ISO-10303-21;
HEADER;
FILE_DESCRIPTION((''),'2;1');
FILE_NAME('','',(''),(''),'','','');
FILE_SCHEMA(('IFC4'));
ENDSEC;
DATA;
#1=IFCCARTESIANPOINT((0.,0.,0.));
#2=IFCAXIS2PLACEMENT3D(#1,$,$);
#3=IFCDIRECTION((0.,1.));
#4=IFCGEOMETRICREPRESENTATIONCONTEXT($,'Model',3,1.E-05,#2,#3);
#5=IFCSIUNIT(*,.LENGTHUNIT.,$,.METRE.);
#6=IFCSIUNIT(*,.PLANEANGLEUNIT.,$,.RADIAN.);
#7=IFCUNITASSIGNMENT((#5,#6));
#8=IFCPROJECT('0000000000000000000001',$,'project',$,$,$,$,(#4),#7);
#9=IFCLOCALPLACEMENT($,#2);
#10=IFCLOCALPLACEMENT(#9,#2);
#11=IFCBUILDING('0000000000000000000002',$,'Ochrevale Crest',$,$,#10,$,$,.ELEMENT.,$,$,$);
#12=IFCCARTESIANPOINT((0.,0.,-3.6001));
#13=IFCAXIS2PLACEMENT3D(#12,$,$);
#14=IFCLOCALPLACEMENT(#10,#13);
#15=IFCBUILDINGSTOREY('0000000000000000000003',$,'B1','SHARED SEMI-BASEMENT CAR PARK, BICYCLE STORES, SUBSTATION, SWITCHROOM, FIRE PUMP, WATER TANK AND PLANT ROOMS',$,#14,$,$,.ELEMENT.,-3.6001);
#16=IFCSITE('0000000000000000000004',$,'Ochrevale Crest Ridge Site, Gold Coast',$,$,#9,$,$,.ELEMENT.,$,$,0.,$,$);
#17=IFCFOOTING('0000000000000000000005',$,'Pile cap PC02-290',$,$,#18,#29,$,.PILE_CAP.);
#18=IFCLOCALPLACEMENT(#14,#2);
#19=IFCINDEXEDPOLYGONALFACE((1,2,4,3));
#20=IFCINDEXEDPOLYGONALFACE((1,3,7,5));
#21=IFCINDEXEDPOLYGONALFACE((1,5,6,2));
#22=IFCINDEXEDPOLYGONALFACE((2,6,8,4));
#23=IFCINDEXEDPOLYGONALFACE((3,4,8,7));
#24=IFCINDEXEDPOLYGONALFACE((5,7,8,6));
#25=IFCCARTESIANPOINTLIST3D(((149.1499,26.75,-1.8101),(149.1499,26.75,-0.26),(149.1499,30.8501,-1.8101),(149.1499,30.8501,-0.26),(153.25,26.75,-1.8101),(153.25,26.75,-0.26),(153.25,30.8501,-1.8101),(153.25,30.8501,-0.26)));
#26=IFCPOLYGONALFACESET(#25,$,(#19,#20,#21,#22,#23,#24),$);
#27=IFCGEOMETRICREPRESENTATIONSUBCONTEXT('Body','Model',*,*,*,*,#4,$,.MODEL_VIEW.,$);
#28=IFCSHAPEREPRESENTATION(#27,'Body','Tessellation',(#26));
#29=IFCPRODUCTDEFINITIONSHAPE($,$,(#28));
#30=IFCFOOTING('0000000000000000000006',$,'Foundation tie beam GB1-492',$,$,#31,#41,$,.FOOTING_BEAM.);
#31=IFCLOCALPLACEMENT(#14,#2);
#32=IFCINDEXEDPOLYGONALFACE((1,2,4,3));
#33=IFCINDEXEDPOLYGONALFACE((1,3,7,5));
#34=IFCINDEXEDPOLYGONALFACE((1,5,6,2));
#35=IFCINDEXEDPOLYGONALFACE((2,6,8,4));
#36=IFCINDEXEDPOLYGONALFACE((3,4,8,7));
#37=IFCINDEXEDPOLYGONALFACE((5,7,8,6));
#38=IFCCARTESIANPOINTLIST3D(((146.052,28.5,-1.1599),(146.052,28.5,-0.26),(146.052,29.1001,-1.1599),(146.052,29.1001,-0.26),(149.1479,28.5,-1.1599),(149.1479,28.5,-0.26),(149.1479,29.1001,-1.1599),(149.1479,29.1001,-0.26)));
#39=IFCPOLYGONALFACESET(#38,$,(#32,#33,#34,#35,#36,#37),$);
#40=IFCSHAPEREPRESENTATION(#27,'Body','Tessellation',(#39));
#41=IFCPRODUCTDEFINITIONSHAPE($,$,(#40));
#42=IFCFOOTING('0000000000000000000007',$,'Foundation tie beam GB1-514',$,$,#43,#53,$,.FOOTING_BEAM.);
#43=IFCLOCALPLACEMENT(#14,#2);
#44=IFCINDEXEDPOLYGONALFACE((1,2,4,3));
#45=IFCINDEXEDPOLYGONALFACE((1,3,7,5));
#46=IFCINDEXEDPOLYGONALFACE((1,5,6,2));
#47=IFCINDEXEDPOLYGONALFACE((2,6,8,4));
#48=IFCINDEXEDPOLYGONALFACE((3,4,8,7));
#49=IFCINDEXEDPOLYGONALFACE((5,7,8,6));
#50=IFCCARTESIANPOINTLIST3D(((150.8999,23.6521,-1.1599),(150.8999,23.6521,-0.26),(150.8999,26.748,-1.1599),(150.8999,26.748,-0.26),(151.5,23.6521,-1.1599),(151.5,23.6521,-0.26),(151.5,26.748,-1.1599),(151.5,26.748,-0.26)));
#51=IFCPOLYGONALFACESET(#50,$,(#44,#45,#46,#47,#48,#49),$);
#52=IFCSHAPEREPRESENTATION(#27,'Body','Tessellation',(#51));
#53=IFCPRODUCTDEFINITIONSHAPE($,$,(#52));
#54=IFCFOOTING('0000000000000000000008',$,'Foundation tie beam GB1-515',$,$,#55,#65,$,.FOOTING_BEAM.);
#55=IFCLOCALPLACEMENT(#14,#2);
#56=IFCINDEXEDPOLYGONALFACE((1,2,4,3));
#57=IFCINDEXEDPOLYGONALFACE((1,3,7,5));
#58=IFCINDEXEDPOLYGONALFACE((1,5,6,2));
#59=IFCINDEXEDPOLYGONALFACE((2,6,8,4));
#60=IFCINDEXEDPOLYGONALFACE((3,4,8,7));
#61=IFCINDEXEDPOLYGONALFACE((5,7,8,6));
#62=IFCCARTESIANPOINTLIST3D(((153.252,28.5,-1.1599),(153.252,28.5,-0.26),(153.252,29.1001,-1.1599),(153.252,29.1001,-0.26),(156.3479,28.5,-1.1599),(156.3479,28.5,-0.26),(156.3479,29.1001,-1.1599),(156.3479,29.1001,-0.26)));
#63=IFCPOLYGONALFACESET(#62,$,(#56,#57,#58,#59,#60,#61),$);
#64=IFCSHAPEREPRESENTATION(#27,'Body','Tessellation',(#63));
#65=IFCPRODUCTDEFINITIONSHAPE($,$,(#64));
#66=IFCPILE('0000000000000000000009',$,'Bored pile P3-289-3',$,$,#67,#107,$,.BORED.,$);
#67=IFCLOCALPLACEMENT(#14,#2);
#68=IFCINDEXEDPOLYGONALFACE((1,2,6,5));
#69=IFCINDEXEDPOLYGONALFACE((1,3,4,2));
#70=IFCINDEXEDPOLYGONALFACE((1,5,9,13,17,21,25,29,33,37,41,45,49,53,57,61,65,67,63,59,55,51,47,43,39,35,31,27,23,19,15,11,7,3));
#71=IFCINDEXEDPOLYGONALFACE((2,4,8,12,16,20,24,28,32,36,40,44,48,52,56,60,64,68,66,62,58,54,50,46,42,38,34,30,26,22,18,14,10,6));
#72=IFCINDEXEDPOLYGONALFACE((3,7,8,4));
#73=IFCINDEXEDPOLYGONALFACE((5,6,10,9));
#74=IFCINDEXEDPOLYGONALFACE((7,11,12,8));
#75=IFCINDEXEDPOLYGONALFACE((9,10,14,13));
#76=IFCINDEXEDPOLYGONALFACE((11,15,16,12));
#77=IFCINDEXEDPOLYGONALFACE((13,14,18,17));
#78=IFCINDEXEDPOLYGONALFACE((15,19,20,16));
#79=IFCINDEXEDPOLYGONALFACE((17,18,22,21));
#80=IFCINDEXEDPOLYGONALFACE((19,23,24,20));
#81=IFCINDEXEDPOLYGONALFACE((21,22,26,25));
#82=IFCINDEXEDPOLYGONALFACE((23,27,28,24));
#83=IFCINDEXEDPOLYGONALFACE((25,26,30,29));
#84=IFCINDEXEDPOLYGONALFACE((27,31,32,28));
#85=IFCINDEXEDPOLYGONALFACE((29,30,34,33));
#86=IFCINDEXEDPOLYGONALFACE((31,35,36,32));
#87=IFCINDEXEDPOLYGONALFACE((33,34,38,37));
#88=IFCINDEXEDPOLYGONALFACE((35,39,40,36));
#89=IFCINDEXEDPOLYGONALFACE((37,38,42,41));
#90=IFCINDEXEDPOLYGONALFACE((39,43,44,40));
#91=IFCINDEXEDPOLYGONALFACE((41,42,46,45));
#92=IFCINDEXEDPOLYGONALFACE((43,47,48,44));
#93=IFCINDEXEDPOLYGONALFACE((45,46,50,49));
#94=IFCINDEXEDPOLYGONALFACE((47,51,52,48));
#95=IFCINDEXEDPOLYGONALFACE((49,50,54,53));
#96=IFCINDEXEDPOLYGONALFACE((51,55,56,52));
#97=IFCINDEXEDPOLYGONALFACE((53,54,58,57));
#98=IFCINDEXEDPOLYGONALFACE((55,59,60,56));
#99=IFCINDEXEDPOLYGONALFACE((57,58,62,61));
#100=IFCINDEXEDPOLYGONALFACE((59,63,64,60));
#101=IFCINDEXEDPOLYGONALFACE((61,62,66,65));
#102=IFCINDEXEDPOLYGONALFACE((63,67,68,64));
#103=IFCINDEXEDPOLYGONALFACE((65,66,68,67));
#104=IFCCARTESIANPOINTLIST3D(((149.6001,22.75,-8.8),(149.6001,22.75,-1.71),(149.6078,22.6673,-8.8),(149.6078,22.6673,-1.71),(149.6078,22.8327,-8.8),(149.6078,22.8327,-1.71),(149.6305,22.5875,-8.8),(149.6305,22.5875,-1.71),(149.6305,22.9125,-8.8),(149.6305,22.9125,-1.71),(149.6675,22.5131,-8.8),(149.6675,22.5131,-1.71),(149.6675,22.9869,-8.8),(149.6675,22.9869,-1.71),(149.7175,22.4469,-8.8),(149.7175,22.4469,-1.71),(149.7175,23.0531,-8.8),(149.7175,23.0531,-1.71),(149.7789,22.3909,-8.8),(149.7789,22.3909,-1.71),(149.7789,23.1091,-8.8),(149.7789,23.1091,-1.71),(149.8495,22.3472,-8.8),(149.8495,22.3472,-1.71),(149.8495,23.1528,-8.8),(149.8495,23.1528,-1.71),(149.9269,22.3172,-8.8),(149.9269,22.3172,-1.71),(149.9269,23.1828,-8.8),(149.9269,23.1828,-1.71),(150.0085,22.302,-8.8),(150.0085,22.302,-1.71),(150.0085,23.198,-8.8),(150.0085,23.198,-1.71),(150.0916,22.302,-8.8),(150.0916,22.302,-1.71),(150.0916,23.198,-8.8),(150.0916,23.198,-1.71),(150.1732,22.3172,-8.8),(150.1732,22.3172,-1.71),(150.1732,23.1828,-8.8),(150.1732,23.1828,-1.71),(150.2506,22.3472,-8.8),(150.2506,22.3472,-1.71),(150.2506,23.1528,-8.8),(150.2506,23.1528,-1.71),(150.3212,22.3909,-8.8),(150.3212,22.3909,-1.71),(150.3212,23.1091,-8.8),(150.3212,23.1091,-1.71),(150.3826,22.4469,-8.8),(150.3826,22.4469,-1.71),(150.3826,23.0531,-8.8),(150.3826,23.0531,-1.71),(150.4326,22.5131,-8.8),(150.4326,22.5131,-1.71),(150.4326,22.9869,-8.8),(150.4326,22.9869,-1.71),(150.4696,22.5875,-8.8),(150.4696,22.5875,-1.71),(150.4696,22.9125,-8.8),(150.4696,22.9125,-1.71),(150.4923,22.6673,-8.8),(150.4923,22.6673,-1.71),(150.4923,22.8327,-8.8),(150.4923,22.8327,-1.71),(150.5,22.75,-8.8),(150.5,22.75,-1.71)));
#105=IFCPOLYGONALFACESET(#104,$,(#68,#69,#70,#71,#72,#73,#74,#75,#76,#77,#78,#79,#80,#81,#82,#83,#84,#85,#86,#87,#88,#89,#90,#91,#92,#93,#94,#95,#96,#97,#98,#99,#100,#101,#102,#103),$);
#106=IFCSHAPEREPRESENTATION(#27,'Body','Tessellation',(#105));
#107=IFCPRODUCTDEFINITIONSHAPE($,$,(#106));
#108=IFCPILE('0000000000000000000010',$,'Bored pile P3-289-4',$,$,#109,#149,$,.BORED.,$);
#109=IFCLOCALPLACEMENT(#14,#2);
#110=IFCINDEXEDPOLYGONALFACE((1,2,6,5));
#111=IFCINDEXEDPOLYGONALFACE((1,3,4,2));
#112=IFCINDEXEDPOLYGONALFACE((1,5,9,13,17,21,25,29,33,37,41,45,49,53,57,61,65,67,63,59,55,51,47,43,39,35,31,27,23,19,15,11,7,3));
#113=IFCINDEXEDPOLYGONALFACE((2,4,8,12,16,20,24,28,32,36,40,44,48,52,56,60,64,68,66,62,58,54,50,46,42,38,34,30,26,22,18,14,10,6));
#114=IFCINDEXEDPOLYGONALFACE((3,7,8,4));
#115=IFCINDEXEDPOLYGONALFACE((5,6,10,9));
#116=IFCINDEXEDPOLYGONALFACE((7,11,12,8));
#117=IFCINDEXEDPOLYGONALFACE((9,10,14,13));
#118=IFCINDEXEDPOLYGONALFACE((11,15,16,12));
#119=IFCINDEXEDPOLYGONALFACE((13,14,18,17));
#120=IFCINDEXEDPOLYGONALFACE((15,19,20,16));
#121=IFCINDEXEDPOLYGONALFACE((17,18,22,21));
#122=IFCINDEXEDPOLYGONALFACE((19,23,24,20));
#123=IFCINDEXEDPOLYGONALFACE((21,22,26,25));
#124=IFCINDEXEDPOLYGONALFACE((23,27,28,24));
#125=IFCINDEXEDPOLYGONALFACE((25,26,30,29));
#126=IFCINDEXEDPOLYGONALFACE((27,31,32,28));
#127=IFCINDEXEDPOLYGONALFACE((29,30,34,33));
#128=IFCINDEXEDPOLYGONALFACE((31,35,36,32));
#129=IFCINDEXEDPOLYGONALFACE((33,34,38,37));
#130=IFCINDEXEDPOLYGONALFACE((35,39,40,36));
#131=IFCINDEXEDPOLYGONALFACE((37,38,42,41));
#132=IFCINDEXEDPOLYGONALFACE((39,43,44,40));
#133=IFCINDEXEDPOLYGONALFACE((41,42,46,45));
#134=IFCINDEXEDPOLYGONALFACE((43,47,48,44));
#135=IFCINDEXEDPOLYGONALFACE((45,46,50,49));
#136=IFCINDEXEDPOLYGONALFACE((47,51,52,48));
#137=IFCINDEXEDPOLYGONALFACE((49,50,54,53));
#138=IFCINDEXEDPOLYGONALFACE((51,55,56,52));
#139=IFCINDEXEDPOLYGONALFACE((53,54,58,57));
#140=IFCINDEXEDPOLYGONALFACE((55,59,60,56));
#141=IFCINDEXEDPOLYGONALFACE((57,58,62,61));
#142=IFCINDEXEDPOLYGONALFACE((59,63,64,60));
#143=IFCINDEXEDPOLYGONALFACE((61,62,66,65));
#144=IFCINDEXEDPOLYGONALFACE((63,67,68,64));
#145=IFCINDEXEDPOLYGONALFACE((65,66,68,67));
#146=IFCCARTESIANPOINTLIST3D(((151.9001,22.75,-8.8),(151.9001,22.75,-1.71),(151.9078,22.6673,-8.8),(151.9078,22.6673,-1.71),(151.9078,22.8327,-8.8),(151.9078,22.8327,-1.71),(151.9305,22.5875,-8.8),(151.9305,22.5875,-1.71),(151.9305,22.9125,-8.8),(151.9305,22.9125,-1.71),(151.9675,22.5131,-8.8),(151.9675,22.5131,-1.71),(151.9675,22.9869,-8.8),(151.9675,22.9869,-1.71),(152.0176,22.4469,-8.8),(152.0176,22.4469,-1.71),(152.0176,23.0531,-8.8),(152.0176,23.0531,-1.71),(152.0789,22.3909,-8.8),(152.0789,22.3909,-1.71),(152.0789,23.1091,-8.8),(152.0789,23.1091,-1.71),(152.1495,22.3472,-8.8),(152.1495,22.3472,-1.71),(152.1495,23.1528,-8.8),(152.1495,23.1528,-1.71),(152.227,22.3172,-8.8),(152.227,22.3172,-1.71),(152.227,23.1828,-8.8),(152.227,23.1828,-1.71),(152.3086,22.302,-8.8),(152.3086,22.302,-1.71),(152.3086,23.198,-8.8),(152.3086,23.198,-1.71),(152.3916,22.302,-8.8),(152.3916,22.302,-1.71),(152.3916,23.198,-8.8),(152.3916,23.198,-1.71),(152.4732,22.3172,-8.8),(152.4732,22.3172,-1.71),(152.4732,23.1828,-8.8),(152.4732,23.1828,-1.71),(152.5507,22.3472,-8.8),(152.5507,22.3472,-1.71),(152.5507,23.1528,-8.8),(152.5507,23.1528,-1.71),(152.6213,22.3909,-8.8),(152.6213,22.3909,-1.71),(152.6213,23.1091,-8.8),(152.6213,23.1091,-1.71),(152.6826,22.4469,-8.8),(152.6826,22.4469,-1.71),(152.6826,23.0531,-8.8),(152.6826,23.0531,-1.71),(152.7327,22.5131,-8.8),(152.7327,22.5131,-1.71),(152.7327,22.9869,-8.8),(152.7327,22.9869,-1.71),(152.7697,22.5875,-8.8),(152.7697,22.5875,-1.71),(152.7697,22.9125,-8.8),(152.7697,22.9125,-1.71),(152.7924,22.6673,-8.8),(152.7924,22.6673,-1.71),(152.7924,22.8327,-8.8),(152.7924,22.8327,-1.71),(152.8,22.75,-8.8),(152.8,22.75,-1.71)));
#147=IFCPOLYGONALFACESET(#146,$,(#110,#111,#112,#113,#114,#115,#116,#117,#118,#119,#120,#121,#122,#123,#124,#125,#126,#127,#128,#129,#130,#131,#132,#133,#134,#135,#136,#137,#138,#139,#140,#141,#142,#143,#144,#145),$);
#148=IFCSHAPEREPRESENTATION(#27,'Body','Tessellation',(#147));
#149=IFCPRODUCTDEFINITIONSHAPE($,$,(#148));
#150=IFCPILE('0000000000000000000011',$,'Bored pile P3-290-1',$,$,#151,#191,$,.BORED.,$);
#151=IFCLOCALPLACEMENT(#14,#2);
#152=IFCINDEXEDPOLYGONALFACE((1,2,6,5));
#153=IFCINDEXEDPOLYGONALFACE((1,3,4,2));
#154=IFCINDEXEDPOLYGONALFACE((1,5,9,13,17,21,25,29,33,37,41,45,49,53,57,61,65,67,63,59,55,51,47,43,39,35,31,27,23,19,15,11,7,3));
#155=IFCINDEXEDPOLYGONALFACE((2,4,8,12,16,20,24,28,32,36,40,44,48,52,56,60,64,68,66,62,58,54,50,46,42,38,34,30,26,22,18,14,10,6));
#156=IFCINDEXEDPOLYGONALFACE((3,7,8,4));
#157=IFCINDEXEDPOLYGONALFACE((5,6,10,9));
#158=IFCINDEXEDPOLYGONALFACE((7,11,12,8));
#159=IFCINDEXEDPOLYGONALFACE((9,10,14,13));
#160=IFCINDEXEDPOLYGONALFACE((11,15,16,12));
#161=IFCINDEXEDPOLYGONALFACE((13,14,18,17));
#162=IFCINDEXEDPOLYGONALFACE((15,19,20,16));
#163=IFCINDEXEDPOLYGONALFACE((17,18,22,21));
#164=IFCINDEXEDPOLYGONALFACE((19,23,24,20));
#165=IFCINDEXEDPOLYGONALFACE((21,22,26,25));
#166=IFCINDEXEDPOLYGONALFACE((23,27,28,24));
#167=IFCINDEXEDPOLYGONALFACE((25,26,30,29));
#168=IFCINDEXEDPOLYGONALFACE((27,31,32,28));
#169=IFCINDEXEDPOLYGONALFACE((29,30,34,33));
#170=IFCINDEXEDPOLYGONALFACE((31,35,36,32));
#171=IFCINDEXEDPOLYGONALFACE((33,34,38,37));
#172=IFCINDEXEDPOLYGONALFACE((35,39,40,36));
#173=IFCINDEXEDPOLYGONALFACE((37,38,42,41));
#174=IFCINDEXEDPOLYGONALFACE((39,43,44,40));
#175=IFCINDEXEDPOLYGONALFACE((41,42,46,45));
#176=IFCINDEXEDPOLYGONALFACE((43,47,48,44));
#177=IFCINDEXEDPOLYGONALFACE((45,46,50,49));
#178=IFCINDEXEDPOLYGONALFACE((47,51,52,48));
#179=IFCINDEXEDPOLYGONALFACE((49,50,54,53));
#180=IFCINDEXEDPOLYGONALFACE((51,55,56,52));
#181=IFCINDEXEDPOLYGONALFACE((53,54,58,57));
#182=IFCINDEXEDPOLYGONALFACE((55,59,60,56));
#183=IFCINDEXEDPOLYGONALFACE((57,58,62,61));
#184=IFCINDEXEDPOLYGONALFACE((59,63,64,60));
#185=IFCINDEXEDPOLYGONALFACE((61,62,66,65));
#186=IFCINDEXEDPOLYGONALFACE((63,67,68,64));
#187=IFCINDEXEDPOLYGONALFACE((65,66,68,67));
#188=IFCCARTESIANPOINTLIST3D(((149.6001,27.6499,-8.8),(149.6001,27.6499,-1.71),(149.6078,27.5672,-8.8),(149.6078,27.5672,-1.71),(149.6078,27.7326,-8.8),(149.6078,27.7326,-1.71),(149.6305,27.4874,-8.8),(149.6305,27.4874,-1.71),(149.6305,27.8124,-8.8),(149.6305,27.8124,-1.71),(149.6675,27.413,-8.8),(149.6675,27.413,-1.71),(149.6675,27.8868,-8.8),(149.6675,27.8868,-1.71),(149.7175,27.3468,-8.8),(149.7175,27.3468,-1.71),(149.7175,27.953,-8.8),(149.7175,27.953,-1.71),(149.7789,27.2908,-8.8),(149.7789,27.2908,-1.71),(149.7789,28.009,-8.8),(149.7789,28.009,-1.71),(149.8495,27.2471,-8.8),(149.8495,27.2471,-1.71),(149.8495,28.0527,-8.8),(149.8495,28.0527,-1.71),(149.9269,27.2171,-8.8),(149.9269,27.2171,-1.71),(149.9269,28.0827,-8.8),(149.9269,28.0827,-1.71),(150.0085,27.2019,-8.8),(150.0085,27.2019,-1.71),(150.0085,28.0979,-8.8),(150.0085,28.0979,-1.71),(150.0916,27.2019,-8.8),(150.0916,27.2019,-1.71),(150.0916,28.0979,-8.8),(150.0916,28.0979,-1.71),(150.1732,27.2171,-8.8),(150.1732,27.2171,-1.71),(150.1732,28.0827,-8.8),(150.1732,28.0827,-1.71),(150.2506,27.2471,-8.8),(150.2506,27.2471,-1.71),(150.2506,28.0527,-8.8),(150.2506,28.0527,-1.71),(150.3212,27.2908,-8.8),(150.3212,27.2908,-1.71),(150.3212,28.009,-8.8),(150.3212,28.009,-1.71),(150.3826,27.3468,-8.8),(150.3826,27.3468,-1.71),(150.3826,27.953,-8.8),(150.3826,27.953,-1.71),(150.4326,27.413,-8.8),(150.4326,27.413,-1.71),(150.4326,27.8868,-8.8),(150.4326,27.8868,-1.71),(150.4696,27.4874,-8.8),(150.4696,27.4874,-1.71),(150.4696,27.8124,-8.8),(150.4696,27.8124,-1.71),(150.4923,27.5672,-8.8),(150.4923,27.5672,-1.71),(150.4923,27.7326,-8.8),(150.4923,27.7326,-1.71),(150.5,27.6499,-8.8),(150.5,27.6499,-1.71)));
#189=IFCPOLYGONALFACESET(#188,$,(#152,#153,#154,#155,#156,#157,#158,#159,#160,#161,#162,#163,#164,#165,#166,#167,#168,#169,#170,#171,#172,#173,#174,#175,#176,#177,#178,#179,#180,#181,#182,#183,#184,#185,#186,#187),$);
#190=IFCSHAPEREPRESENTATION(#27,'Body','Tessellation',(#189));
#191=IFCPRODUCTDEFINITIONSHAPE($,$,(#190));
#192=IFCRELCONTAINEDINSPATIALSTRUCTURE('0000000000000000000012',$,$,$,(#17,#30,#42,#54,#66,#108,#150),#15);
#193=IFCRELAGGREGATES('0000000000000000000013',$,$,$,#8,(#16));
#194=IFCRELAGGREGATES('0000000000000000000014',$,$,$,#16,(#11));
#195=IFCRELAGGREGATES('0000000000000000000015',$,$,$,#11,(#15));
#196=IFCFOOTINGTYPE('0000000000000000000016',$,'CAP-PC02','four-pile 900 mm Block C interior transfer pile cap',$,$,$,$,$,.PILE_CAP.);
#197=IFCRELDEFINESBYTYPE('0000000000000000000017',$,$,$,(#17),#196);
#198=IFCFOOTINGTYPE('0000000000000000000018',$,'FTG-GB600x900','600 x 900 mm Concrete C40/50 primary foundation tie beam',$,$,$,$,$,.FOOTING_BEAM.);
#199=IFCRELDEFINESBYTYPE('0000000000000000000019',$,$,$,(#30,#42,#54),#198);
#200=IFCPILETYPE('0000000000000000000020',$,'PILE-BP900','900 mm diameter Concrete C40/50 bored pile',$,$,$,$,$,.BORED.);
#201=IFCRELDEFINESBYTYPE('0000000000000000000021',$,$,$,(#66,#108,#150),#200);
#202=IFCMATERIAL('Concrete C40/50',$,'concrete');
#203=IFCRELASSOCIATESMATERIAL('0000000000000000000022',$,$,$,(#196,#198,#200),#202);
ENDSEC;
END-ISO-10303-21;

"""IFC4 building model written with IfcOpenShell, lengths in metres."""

from ifc_helpers import new_model, si_unit, direction, frame, origin, origin_2d, place, context, subcontext, project, spatial, rectangle, circle, extrude, material, material_profile, profile_set, type_object, element, save


model = new_model("IFC4")

# Units and contexts
model_context = context("Model", 3, precision=1e-05, world=origin(), true_north=direction((0.0, 1.0)))
body_context = subcontext(model_context, "Body", "Model", "MODEL_VIEW")
ifc_project = project(units=[si_unit("LENGTHUNIT", "METRE"), si_unit("PLANEANGLEUNIT", "RADIAN")], contexts=[model_context])

# Site, building, storey
site_placement = place(None, origin())
site = spatial("IfcSite", under=ifc_project, at=site_placement, Name="Ochrevale Crest Ridge Site, Gold Coast", CompositionType="ELEMENT", RefElevation=0.0)
building_placement = place(site_placement, origin())
building = spatial("IfcBuilding", under=site, at=building_placement, Name="Ochrevale Crest", CompositionType="ELEMENT")
storey_placement = place(building_placement, frame((0.0, 0.0, -3.6001)))
storey = spatial("IfcBuildingStorey", under=building, at=storey_placement, Name="B1", Description="SHARED SEMI-BASEMENT CAR PARK, BICYCLE STORES, SUBSTATION, SWITCHROOM, FIRE PUMP, WATER TANK AND PLANT ROOMS", CompositionType="ELEMENT", Elevation=-3.6001)

# Footings
ifc_material_1 = material(Name="Concrete C40/50", Category="concrete")
footing_type_1 = type_object("IfcFootingType", Name="CAP-PC02", Description="four-pile 900 mm Block C interior transfer pile cap", PredefinedType="PILE_CAP", material=ifc_material_1)
footing_placement = place(storey_placement, frame((151.2, 28.8, -1.8101), z_axis=(0.0, 0.0, 1.0), x_axis=(1.0, 0.0, 0.0)))
element("IfcFooting", 1, at=footing_placement, inside=storey, type_object=footing_type_1, Name="Pile cap PC02-290", PredefinedType="PILE_CAP", context=body_context, shape_type="SweptSolid", body=[
    extrude(rectangle(XDim=4.1001, YDim=4.1001, at=origin_2d()), origin(), (0.0, 0.0, 1.0), 1.55),
])
ifc_material_profile_1 = material_profile(ifc_material_1, rectangle(XDim=0.6001, YDim=0.8999, at=origin_2d()), Name="GB 600x900")
ifc_profile_set_1 = profile_set([ifc_material_profile_1], Name="Concrete C40/50")
footing_type_2 = type_object("IfcFootingType", Name="FTG-GB600x900", Description="600 x 900 mm Concrete C40/50 primary foundation tie beam", PredefinedType="FOOTING_BEAM", material=ifc_profile_set_1)
for number, where, z_axis, x_axis, name in (
    (2, (146.052, 28.8, -0.71), (1.0, 0.0, 0.0), (0.0, 1.0, 0.0), "Foundation tie beam GB1-492"),
    (3, (151.2, 23.6521, -0.71), (0.0, 1.0, 0.0), (-1.0, 0.0, 0.0), "Foundation tie beam GB1-514"),
    (4, (153.252, 28.8, -0.71), (1.0, 0.0, 0.0), (0.0, 1.0, 0.0), "Foundation tie beam GB1-515"),
):
    element("IfcFooting", number, at=place(storey_placement, frame(where, z_axis=z_axis, x_axis=x_axis)), inside=storey, type_object=footing_type_2, Name=name, PredefinedType="FOOTING_BEAM", context=body_context, shape_type="SweptSolid", body=[
        extrude(rectangle(XDim=0.6001, YDim=0.8999, at=origin_2d()), origin(), (0.0, 0.0, 1.0), 3.0959),
    ])

# Piles
ifc_material_profile_2 = material_profile(ifc_material_1, circle(Radius=0.45, at=origin_2d()), Name="BORED PILE 900")
ifc_profile_set_2 = profile_set([ifc_material_profile_2], Name="Concrete C40/50")
pile_type = type_object("IfcPileType", Name="PILE-BP900", Description="900 mm diameter Concrete C40/50 bored pile", PredefinedType="BORED", material=ifc_profile_set_2)
for number, where, z_axis, x_axis, name in (
    (5, (150.05, 22.75, -1.71), (0.0, 0.0, -1.0), (1.0, 0.0, 0.0), "Bored pile P3-289-3"),
    (6, (152.3501, 22.75, -1.71), (0.0, 0.0, -1.0), (1.0, 0.0, 0.0), "Bored pile P3-289-4"),
    (7, (150.05, 27.6499, -1.71), (0.0, 0.0, -1.0), (1.0, 0.0, 0.0), "Bored pile P3-290-1"),
):
    element("IfcPile", number, at=place(storey_placement, frame(where, z_axis=z_axis, x_axis=x_axis)), inside=storey, type_object=pile_type, Name=name, PredefinedType="BORED", context=body_context, shape_type="SweptSolid", body=[
        extrude(circle(Radius=0.45, at=origin_2d()), origin(), (0.0, 0.0, 1.0), 7.0901),
    ])

save(model, "model.ifc")
